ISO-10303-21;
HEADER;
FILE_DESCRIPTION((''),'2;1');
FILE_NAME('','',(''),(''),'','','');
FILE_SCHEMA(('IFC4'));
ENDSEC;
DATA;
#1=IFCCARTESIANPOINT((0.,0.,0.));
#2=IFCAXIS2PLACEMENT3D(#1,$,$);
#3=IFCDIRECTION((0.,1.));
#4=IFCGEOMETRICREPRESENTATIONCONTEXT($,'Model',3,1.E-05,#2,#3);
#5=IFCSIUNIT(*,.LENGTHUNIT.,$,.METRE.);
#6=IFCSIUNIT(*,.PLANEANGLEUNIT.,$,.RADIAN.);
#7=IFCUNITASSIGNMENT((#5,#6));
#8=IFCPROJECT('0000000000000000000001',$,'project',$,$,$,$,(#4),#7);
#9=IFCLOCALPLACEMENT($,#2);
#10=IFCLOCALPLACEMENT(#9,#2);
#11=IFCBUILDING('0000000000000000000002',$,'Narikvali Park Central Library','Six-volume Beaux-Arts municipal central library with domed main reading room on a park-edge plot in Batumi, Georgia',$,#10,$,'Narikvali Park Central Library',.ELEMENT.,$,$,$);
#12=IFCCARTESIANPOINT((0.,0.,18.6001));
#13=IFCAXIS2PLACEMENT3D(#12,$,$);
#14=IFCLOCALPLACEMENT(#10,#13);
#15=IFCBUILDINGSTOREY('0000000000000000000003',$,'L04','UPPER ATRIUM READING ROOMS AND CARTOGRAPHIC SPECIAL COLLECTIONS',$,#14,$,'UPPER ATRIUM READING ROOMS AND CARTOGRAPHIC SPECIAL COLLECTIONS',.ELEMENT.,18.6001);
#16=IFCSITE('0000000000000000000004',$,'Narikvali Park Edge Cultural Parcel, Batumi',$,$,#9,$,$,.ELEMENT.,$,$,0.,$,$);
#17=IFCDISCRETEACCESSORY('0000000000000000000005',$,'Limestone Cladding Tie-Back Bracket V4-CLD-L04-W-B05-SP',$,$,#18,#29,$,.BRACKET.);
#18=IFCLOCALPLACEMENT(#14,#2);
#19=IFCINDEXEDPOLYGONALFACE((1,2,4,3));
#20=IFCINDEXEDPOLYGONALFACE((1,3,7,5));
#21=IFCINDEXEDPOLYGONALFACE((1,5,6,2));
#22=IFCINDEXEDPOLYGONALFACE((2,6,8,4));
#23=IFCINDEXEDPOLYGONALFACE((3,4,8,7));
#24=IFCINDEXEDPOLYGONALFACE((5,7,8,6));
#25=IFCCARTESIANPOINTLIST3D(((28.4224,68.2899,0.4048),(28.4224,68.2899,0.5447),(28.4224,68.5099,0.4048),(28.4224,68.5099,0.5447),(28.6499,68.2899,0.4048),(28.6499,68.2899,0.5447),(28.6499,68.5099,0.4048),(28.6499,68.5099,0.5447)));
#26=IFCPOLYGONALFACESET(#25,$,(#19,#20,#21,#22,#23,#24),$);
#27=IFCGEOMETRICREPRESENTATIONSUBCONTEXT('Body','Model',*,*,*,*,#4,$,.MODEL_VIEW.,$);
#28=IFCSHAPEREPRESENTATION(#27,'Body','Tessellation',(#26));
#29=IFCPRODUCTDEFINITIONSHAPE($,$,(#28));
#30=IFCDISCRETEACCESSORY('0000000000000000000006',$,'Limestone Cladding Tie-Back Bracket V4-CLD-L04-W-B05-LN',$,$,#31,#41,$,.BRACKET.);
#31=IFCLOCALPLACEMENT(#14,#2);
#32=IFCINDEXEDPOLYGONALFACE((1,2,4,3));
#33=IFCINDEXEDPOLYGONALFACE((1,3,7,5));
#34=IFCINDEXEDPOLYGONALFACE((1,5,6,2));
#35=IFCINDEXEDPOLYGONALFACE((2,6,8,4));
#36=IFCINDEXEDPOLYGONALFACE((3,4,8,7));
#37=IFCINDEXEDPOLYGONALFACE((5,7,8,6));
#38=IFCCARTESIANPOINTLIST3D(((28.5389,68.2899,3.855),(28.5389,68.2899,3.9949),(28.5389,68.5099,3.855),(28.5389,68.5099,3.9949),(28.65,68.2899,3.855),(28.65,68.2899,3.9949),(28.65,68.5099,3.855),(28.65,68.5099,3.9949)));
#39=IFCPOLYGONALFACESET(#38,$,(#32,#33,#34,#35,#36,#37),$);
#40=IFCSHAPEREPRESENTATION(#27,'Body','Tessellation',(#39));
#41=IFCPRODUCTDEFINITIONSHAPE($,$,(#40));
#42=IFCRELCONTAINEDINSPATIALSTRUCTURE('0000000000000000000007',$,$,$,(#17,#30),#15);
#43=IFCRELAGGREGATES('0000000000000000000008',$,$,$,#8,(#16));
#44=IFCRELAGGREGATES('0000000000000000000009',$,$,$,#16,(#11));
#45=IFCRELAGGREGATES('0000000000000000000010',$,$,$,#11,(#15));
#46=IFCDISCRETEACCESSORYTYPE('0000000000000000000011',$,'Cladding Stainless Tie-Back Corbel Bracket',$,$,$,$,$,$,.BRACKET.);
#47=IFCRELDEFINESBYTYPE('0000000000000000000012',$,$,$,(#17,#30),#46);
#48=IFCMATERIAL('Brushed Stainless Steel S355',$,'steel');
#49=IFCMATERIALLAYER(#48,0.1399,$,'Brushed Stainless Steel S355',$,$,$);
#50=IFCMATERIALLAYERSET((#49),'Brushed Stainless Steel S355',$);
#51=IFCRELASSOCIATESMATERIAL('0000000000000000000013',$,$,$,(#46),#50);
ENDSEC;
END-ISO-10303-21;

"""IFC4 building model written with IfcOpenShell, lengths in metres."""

from ifc_helpers import new_model, si_unit, direction, frame, origin, origin_2d, place, context, subcontext, project, spatial, rectangle, extrude, material, layer, layer_set, type_object, element, save


model = new_model("IFC4")

# Units and contexts
model_context = context("Model", 3, precision=1e-05, world=origin(), true_north=direction((0.0, 1.0)))
body_context = subcontext(model_context, "Body", "Model", "MODEL_VIEW")
ifc_project = project(units=[si_unit("LENGTHUNIT", "METRE"), si_unit("PLANEANGLEUNIT", "RADIAN")], contexts=[model_context])

# Site, building, storey
site_placement = place(None, origin())
site = spatial("IfcSite", under=ifc_project, at=site_placement, Name="Narikvali Park Edge Cultural Parcel, Batumi", CompositionType="ELEMENT", RefElevation=0.0)
building_placement = place(site_placement, origin())
building = spatial("IfcBuilding", under=site, at=building_placement, Name="Narikvali Park Central Library", Description="Six-volume Beaux-Arts municipal central library with domed main reading room on a park-edge plot in Batumi, Georgia", LongName="Narikvali Park Central Library", CompositionType="ELEMENT")
storey_placement = place(building_placement, frame((0.0, 0.0, 18.6001)))
storey = spatial("IfcBuildingStorey", under=building, at=storey_placement, Name="L04", Description="UPPER ATRIUM READING ROOMS AND CARTOGRAPHIC SPECIAL COLLECTIONS", LongName="UPPER ATRIUM READING ROOMS AND CARTOGRAPHIC SPECIAL COLLECTIONS", CompositionType="ELEMENT", Elevation=18.6001)

# Discrete accessories
ifc_material_1 = material(Name="Brushed Stainless Steel S355", Category="steel")
ifc_layer_1 = layer(ifc_material_1, 0.1399, Name="Brushed Stainless Steel S355")
ifc_layer_set_1 = layer_set([ifc_layer_1], Name="Brushed Stainless Steel S355")
discrete_accessory_type = type_object("IfcDiscreteAccessoryType", Name="Cladding Stainless Tie-Back Corbel Bracket", PredefinedType="BRACKET", material=ifc_layer_set_1)
discrete_accessory_1_placement = place(storey_placement, frame((28.5361, 68.3999, 0.4048), z_axis=(0.0, 0.0, 1.0), x_axis=(1.0, 0.0, 0.0)))
element("IfcDiscreteAccessory", 1, at=discrete_accessory_1_placement, inside=storey, type_object=discrete_accessory_type, Name="Limestone Cladding Tie-Back Bracket V4-CLD-L04-W-B05-SP", PredefinedType="BRACKET", context=body_context, shape_type="SweptSolid", body=[
    extrude(rectangle(XDim=0.2275, YDim=0.22, at=origin_2d()), origin(), (0.0, 0.0, 1.0), 0.1399),
])
discrete_accessory_2_placement = place(storey_placement, frame((28.5945, 68.3999, 3.855), z_axis=(0.0, 0.0, 1.0), x_axis=(1.0, 0.0, 0.0)))
element("IfcDiscreteAccessory", 2, at=discrete_accessory_2_placement, inside=storey, type_object=discrete_accessory_type, Name="Limestone Cladding Tie-Back Bracket V4-CLD-L04-W-B05-LN", PredefinedType="BRACKET", context=body_context, shape_type="SweptSolid", body=[
    extrude(rectangle(XDim=0.1111, YDim=0.22, at=origin_2d()), origin(), (0.0, 0.0, 1.0), 0.1399),
])

save(model, "model.ifc")
